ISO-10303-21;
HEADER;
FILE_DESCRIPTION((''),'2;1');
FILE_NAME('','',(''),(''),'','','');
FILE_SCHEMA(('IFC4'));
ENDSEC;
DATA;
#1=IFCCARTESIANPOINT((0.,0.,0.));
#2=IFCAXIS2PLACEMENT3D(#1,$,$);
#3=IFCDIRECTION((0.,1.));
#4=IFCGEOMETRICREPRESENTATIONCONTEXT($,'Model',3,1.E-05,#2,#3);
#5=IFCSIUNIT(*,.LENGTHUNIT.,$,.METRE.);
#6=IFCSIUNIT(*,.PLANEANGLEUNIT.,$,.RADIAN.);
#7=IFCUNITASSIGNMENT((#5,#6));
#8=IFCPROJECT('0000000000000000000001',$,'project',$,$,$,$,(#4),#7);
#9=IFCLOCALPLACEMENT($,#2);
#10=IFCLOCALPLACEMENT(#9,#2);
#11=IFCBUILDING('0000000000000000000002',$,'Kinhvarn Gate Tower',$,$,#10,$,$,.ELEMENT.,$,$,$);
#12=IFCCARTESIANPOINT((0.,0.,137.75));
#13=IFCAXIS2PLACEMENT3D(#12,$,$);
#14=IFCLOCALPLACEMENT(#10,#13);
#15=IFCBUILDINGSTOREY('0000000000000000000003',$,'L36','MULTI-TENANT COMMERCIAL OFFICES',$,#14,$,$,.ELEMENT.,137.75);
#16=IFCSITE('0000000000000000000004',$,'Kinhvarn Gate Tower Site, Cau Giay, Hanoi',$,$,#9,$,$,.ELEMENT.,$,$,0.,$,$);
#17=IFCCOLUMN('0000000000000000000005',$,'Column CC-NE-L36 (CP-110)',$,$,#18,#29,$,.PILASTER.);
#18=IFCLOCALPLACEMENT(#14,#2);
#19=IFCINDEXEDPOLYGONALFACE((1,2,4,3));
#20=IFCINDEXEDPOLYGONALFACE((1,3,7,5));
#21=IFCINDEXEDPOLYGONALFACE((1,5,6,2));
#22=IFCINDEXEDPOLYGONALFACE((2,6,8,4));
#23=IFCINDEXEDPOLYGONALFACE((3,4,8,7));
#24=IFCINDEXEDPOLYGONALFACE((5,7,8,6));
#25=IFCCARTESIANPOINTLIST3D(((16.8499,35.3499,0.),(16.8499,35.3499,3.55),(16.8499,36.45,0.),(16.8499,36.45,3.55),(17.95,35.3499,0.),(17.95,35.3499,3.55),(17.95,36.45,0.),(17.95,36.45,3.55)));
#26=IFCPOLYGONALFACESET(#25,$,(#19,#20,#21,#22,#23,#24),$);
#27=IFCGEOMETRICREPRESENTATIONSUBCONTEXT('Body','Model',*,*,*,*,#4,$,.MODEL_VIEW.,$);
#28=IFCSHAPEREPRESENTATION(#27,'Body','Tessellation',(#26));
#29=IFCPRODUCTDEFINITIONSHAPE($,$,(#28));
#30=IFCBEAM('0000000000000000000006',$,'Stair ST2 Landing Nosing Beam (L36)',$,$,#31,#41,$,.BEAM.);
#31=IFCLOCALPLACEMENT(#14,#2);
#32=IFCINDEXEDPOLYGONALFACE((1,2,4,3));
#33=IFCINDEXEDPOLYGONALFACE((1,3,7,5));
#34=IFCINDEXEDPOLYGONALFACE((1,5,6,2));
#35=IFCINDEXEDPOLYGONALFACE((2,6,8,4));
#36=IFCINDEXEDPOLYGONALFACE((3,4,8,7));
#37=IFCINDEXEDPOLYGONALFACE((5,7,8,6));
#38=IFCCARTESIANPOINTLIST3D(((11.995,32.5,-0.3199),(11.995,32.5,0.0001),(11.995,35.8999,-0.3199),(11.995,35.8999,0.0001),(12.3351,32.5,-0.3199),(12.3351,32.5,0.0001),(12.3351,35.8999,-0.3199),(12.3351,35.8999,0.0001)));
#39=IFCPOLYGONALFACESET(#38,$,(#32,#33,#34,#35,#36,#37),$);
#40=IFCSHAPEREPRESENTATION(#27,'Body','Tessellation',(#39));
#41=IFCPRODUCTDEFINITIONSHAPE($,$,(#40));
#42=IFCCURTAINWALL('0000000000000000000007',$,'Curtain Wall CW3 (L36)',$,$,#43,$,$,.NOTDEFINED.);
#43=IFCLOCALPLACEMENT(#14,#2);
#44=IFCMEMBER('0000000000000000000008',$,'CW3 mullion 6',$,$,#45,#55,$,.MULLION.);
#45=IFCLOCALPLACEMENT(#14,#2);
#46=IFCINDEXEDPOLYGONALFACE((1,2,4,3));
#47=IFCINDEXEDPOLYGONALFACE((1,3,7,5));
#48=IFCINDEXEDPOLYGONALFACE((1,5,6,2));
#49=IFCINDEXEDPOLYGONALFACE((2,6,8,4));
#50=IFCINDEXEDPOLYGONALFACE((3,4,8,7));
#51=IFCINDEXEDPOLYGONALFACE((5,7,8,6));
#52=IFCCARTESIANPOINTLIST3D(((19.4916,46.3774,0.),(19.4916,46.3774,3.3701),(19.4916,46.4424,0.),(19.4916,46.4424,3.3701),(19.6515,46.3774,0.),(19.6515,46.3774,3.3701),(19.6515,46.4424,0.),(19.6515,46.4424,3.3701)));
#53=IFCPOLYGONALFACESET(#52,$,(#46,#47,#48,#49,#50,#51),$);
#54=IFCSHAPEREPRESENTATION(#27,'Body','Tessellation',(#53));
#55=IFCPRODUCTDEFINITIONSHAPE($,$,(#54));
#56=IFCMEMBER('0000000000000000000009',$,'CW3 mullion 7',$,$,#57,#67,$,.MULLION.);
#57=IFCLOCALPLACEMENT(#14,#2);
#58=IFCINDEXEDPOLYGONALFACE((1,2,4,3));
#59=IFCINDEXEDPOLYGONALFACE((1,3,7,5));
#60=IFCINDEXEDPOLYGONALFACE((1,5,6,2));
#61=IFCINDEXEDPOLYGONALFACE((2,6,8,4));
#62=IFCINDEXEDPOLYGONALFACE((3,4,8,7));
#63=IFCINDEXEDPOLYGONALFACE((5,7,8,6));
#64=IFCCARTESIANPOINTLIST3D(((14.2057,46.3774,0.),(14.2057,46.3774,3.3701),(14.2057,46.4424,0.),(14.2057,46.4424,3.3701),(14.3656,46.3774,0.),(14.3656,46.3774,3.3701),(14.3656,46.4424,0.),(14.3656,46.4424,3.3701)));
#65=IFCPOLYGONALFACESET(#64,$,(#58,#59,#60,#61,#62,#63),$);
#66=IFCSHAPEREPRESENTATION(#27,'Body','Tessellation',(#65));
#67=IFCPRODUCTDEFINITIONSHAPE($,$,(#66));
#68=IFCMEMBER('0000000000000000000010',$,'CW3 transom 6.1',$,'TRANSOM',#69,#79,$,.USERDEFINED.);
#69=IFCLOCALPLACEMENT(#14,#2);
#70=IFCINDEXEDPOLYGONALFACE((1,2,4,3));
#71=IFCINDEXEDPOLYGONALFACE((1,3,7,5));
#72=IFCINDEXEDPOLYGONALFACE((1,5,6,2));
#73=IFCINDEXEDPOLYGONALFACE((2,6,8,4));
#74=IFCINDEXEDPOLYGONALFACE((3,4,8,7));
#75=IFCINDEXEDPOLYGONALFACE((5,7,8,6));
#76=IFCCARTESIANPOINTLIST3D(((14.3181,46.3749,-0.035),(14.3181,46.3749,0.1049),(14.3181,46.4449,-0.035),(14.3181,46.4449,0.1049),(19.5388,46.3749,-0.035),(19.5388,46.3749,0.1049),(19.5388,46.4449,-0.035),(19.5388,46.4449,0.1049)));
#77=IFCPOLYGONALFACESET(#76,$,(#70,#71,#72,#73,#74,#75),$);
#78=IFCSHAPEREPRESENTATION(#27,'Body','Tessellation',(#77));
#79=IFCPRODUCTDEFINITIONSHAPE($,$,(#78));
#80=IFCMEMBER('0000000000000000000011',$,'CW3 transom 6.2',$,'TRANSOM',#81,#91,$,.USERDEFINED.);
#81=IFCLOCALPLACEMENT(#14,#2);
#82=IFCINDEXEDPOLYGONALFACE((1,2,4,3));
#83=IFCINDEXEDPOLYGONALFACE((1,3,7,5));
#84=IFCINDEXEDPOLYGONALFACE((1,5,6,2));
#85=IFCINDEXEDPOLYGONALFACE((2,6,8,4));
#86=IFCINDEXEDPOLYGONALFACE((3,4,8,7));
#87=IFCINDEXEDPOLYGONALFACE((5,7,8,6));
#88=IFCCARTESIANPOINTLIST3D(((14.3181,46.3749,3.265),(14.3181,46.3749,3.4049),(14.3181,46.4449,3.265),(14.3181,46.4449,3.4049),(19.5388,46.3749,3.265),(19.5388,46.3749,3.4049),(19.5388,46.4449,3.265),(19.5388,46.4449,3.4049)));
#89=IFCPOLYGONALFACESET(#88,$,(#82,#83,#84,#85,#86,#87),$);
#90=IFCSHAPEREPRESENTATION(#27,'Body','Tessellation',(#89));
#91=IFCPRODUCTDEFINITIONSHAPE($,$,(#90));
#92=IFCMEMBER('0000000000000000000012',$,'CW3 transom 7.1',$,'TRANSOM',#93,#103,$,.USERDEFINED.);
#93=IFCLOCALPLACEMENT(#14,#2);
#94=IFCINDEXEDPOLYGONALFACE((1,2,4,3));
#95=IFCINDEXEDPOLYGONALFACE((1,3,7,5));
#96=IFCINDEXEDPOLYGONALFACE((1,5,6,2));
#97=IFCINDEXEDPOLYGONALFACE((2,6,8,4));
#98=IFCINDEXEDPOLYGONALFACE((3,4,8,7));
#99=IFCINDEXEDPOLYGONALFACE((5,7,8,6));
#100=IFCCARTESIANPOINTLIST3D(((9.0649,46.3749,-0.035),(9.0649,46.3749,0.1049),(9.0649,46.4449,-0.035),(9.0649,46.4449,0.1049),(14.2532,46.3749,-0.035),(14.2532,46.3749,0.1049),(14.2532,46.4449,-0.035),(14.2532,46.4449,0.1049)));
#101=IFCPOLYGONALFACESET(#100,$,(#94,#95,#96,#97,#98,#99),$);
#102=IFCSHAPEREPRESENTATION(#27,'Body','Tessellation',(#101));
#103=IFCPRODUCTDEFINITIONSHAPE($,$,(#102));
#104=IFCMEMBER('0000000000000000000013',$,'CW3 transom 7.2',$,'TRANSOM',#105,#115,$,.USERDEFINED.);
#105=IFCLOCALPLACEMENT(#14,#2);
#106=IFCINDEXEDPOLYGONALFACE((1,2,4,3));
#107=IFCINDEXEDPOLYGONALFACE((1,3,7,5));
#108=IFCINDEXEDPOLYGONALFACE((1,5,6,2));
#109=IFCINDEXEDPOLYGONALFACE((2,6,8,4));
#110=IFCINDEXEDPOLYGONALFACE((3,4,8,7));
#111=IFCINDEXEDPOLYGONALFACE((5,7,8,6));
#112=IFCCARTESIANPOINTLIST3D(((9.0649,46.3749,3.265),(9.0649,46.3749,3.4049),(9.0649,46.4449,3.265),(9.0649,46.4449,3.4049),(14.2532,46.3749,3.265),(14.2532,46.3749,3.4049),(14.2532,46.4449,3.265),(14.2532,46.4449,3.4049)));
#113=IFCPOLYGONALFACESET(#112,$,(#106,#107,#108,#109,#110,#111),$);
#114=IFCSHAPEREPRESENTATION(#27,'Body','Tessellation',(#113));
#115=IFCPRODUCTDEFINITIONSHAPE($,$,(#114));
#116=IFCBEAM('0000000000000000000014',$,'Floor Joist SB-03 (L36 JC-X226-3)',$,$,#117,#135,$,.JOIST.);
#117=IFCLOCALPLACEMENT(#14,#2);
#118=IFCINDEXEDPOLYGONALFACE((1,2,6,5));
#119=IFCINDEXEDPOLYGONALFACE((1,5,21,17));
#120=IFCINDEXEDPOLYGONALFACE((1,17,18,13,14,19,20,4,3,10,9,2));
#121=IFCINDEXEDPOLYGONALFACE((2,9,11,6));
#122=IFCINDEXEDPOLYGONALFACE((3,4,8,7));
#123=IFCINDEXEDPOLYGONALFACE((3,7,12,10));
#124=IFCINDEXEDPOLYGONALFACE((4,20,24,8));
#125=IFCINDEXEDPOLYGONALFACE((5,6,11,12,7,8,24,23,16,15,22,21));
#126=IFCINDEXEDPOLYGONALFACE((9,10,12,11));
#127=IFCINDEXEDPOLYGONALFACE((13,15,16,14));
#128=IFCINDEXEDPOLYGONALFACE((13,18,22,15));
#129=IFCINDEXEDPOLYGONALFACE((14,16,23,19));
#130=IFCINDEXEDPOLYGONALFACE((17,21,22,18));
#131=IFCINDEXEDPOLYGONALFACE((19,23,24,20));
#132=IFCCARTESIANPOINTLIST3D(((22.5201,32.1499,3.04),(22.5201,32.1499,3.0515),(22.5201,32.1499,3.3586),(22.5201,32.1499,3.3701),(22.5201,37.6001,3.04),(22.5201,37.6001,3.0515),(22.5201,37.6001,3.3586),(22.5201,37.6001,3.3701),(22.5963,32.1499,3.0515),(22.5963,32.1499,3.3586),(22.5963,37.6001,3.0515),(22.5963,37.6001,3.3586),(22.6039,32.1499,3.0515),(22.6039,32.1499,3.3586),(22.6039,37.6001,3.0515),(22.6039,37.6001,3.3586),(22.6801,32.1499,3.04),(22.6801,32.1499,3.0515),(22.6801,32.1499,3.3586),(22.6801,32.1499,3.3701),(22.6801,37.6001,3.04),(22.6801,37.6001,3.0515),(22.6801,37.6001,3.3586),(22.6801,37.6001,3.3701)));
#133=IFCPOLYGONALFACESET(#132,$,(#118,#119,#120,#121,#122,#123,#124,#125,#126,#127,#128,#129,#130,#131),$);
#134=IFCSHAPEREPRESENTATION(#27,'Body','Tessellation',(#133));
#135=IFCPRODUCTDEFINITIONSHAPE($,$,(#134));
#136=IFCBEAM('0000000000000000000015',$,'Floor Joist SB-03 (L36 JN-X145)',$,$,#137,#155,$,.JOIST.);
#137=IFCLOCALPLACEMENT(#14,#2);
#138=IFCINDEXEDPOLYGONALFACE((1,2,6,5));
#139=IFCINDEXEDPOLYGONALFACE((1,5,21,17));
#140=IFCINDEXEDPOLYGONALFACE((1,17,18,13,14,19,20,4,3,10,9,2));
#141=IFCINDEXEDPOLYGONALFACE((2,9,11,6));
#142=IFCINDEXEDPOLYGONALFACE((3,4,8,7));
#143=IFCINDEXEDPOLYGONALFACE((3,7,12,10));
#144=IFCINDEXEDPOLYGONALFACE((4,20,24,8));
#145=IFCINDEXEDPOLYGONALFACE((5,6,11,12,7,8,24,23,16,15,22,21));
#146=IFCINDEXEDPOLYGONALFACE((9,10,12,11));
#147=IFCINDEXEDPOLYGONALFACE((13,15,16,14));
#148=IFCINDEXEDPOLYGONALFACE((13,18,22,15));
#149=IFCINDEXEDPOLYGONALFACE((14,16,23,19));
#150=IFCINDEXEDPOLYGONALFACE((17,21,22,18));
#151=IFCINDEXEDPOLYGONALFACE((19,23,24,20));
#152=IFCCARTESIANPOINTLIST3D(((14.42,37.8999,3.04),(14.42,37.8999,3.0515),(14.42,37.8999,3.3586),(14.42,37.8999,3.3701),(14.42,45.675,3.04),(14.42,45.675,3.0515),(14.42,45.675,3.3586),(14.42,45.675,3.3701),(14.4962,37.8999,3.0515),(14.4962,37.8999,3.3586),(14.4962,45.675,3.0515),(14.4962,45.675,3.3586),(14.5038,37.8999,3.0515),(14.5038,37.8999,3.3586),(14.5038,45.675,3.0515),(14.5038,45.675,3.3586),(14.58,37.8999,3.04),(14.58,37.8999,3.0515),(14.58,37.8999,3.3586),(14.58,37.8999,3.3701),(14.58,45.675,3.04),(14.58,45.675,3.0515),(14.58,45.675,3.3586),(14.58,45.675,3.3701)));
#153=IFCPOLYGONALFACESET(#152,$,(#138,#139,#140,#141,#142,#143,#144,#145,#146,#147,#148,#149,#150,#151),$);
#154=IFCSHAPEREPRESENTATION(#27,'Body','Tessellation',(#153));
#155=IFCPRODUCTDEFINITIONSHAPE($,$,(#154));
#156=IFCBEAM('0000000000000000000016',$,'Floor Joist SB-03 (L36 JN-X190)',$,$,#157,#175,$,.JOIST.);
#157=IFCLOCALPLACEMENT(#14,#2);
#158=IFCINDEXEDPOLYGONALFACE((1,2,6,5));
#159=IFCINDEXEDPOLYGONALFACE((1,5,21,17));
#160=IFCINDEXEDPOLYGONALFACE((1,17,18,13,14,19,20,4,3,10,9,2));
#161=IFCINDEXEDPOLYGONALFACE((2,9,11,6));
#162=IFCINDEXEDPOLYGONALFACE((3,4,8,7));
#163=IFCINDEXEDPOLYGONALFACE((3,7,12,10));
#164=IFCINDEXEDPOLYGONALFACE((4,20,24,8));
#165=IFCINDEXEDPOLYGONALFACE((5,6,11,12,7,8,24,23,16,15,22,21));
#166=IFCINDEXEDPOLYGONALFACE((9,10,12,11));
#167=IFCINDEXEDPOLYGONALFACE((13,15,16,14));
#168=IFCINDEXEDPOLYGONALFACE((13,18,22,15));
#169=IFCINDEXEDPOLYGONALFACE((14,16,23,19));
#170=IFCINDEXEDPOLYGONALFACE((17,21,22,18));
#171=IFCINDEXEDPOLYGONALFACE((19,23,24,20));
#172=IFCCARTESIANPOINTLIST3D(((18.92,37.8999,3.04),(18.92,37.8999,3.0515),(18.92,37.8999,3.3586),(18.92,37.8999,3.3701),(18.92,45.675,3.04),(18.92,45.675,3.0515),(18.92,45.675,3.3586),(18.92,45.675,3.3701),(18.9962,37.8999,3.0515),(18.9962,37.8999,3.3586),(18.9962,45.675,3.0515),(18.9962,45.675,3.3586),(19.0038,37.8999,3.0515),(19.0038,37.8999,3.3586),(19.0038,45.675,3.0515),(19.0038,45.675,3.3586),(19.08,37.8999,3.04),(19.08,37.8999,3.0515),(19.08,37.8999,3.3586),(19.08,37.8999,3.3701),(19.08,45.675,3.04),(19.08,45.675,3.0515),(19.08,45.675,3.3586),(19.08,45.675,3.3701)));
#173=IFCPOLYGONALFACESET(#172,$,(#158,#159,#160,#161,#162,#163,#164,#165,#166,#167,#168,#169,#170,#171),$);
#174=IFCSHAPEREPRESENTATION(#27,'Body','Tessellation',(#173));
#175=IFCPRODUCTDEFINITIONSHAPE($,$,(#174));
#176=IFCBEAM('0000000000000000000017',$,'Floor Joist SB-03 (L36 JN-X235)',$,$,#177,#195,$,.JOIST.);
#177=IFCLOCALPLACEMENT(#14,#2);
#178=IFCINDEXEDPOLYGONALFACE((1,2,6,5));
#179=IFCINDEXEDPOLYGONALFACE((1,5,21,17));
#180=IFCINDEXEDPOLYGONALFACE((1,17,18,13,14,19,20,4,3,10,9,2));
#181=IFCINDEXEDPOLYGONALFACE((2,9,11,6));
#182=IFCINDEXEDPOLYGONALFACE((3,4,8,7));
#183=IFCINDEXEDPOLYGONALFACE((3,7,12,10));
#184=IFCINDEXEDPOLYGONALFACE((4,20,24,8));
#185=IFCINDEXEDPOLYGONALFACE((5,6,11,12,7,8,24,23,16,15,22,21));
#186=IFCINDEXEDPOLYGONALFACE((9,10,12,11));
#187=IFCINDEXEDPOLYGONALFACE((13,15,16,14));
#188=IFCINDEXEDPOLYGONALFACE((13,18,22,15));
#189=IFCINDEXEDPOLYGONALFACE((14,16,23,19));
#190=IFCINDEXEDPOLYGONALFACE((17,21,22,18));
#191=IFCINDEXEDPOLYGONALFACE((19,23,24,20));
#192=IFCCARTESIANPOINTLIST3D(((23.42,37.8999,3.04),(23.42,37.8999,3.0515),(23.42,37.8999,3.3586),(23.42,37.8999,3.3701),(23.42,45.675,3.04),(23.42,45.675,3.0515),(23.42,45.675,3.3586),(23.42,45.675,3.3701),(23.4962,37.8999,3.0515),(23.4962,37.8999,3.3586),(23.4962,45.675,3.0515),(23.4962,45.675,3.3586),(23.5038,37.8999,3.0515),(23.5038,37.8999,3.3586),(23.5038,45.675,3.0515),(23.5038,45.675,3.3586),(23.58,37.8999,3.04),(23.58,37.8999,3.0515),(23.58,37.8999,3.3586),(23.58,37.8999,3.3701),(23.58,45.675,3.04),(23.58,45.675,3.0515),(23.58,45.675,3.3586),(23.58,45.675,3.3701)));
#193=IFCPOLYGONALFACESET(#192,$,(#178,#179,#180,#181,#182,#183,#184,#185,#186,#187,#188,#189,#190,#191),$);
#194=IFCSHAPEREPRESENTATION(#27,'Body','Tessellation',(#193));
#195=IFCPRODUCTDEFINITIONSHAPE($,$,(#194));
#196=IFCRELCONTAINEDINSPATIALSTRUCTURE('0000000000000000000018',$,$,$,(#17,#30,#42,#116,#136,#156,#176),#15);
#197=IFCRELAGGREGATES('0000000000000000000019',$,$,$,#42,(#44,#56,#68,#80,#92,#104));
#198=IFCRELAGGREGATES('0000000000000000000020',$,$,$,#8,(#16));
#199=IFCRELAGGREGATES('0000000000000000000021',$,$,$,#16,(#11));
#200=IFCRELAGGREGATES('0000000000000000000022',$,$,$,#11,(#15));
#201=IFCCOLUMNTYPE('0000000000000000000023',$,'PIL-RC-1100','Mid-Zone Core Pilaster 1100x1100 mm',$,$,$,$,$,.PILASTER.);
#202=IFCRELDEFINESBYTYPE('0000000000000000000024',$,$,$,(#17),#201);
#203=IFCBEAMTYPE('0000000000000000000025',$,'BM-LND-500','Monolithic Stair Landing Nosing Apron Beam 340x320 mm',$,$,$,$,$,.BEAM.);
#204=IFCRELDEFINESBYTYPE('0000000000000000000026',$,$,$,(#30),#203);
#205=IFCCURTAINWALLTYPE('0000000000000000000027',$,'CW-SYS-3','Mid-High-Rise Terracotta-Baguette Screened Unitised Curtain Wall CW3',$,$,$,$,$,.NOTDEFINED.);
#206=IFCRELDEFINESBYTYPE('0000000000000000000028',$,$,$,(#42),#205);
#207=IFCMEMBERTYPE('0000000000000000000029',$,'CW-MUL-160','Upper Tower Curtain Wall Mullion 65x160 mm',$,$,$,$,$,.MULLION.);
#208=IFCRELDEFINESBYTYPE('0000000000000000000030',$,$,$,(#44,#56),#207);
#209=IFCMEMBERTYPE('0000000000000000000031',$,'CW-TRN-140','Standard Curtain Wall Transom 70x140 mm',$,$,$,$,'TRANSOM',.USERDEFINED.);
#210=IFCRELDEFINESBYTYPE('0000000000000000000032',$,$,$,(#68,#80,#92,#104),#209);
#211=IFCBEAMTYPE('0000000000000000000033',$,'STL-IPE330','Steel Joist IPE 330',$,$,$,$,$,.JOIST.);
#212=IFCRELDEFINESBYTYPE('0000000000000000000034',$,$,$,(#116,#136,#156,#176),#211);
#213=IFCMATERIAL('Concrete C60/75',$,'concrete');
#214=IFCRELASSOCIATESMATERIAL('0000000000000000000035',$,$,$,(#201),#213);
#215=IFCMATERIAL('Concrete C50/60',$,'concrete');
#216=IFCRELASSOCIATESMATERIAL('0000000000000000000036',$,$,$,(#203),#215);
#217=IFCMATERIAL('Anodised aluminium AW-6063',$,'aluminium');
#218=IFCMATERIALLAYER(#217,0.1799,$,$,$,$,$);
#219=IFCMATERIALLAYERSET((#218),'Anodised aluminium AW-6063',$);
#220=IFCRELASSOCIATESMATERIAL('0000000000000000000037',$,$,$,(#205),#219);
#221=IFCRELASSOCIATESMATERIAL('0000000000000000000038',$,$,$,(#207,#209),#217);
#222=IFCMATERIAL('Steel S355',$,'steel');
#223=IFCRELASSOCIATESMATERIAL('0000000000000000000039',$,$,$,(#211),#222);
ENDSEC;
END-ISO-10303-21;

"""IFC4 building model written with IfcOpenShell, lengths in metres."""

from ifc_helpers import new_model, si_unit, direction, frame, origin, origin_2d, place, context, subcontext, project, spatial, rectangle, i_section, extrude, material, layer, layer_set, material_profile, profile_set, type_object, element, aggregate, save


model = new_model("IFC4")

# Units and contexts
model_context = context("Model", 3, precision=1e-05, world=origin(), true_north=direction((0.0, 1.0)))
body_context = subcontext(model_context, "Body", "Model", "MODEL_VIEW")
ifc_project = project(units=[si_unit("LENGTHUNIT", "METRE"), si_unit("PLANEANGLEUNIT", "RADIAN")], contexts=[model_context])

# Site, building, storey
site_placement = place(None, origin())
site = spatial("IfcSite", under=ifc_project, at=site_placement, Name="Kinhvarn Gate Tower Site, Cau Giay, Hanoi", CompositionType="ELEMENT", RefElevation=0.0)
building_placement = place(site_placement, origin())
building = spatial("IfcBuilding", under=site, at=building_placement, Name="Kinhvarn Gate Tower", CompositionType="ELEMENT")
storey_placement = place(building_placement, frame((0.0, 0.0, 137.75)))
storey = spatial("IfcBuildingStorey", under=building, at=storey_placement, Name="L36", Description="MULTI-TENANT COMMERCIAL OFFICES", CompositionType="ELEMENT", Elevation=137.75)

# Column
ifc_material_1 = material(Name="Concrete C60/75", Category="concrete")
ifc_material_profile_1 = material_profile(ifc_material_1, rectangle(XDim=1.1001, YDim=1.1001, at=origin_2d()), Name="RC 1100x1100")
ifc_profile_set_1 = profile_set([ifc_material_profile_1], Name="Concrete C60/75")
column_type = type_object("IfcColumnType", Name="PIL-RC-1100", Description="Mid-Zone Core Pilaster 1100x1100 mm", PredefinedType="PILASTER", material=ifc_profile_set_1)
column_placement = place(storey_placement, frame((17.3999, 35.8999, 0.0), z_axis=(0.0, 0.0, 1.0), x_axis=(1.0, 0.0, 0.0)))
element("IfcColumn", 1, at=column_placement, inside=storey, type_object=column_type, Name="Column CC-NE-L36 (CP-110)", PredefinedType="PILASTER", context=body_context, shape_type="SweptSolid", body=[
    extrude(rectangle(XDim=1.1001, YDim=1.1001, at=origin_2d()), origin(), (0.0, 0.0, 1.0), 3.55),
])

# Beam
ifc_material_2 = material(Name="Concrete C50/60", Category="concrete")
ifc_material_profile_2 = material_profile(ifc_material_2, rectangle(XDim=0.3401, YDim=0.3201, at=origin_2d()), Name="RC 340x320")
ifc_profile_set_2 = profile_set([ifc_material_profile_2], Name="Concrete C50/60")
beam_type_1 = type_object("IfcBeamType", Name="BM-LND-500", Description="Monolithic Stair Landing Nosing Apron Beam 340x320 mm", PredefinedType="BEAM", material=ifc_profile_set_2)
beam_1_placement = place(storey_placement, frame((12.165, 32.5, -0.1599), z_axis=(0.0, 1.0, 0.0), x_axis=(-1.0, 0.0, 0.0)))
element("IfcBeam", 2, at=beam_1_placement, inside=storey, type_object=beam_type_1, Name="Stair ST2 Landing Nosing Beam (L36)", PredefinedType="BEAM", context=body_context, shape_type="SweptSolid", body=[
    extrude(rectangle(XDim=0.3401, YDim=0.3201, at=origin_2d()), origin(), (0.0, 0.0, 1.0), 3.3999),
])

# Curtain wall, members
ifc_material_3 = material(Name="Anodised aluminium AW-6063", Category="aluminium")
ifc_layer_1 = layer(ifc_material_3, 0.1799)
ifc_layer_set_1 = layer_set([ifc_layer_1], Name="Anodised aluminium AW-6063")
curtain_wall_type = type_object("IfcCurtainWallType", Name="CW-SYS-3", Description="Mid-High-Rise Terracotta-Baguette Screened Unitised Curtain Wall CW3", PredefinedType="NOTDEFINED", material=ifc_layer_set_1)
curtain_wall_placement = place(storey_placement, origin())
curtain_wall = element("IfcCurtainWall", 3, at=curtain_wall_placement, inside=storey, type_object=curtain_wall_type, Name="Curtain Wall CW3 (L36)", PredefinedType="NOTDEFINED")
ifc_material_profile_3 = material_profile(ifc_material_3, rectangle(XDim=0.0649, YDim=0.1599, at=origin_2d()), Name="ALU 65x160")
ifc_profile_set_3 = profile_set([ifc_material_profile_3], Name="Anodised aluminium AW-6063")
member_type_1 = type_object("IfcMemberType", Name="CW-MUL-160", Description="Upper Tower Curtain Wall Mullion 65x160 mm", PredefinedType="MULLION", material=ifc_profile_set_3)
member_1_placement = place(storey_placement, frame((19.5715, 46.4099, 0.0), z_axis=(0.0, 0.0, 1.0), x_axis=(0.0, -1.0, 0.0)))
member_1 = element("IfcMember", 4, at=member_1_placement, type_object=member_type_1, Name="CW3 mullion 6", PredefinedType="MULLION", context=body_context, shape_type="SweptSolid", body=[
    extrude(rectangle(XDim=0.0649, YDim=0.1599, at=origin_2d()), origin(), (0.0, 0.0, 1.0), 3.3701),
])
member_2_placement = place(storey_placement, frame((14.2856, 46.4099, 0.0), z_axis=(0.0, 0.0, 1.0), x_axis=(0.0, -1.0, 0.0)))
member_2 = element("IfcMember", 5, at=member_2_placement, type_object=member_type_1, Name="CW3 mullion 7", PredefinedType="MULLION", context=body_context, shape_type="SweptSolid", body=[
    extrude(rectangle(XDim=0.0649, YDim=0.1599, at=origin_2d()), origin(), (0.0, 0.0, 1.0), 3.3701),
])
ifc_material_profile_4 = material_profile(ifc_material_3, rectangle(XDim=0.0701, YDim=0.1399, at=origin_2d()), Name="ALU 70x140")
ifc_profile_set_4 = profile_set([ifc_material_profile_4], Name="Anodised aluminium AW-6063")
member_type_2 = type_object("IfcMemberType", Name="CW-TRN-140", Description="Standard Curtain Wall Transom 70x140 mm", ElementType="TRANSOM", PredefinedType="USERDEFINED", material=ifc_profile_set_4)
member_3_placement = place(storey_placement, frame((19.5388, 46.4099, 0.0349), z_axis=(-1.0, 0.0, 0.0), x_axis=(0.0, -1.0, 0.0)))
member_3 = element("IfcMember", 6, at=member_3_placement, type_object=member_type_2, Name="CW3 transom 6.1", ObjectType="TRANSOM", PredefinedType="USERDEFINED", context=body_context, shape_type="SweptSolid", body=[
    extrude(rectangle(XDim=0.0701, YDim=0.1399, at=origin_2d()), origin(), (0.0, 0.0, 1.0), 5.2207),
])
member_4_placement = place(storey_placement, frame((19.5388, 46.4099, 3.335), z_axis=(-1.0, 0.0, 0.0), x_axis=(0.0, -1.0, 0.0)))
member_4 = element("IfcMember", 7, at=member_4_placement, type_object=member_type_2, Name="CW3 transom 6.2", ObjectType="TRANSOM", PredefinedType="USERDEFINED", context=body_context, shape_type="SweptSolid", body=[
    extrude(rectangle(XDim=0.0701, YDim=0.1399, at=origin_2d()), origin(), (0.0, 0.0, 1.0), 5.2207),
])
member_5_placement = place(storey_placement, frame((14.2532, 46.4099, 0.0349), z_axis=(-1.0, 0.0, 0.0), x_axis=(0.0, -1.0, 0.0)))
member_5 = element("IfcMember", 8, at=member_5_placement, type_object=member_type_2, Name="CW3 transom 7.1", ObjectType="TRANSOM", PredefinedType="USERDEFINED", context=body_context, shape_type="SweptSolid", body=[
    extrude(rectangle(XDim=0.0701, YDim=0.1399, at=origin_2d()), origin(), (0.0, 0.0, 1.0), 5.1882),
])
member_6_placement = place(storey_placement, frame((14.2532, 46.4099, 3.335), z_axis=(-1.0, 0.0, 0.0), x_axis=(0.0, -1.0, 0.0)))
member_6 = element("IfcMember", 9, at=member_6_placement, type_object=member_type_2, Name="CW3 transom 7.2", ObjectType="TRANSOM", PredefinedType="USERDEFINED", context=body_context, shape_type="SweptSolid", body=[
    extrude(rectangle(XDim=0.0701, YDim=0.1399, at=origin_2d()), origin(), (0.0, 0.0, 1.0), 5.1882),
])

# Beams
ifc_material_4 = material(Name="Steel S355", Category="steel")
ifc_material_profile_5 = material_profile(ifc_material_4, i_section(OverallWidth=0.1599, OverallDepth=0.3301, WebThickness=0.0076, FlangeThickness=0.0115, at=origin_2d()), Name="IPE 330")
ifc_profile_set_5 = profile_set([ifc_material_profile_5], Name="Steel S355")
beam_type_2 = type_object("IfcBeamType", Name="STL-IPE330", Description="Steel Joist IPE 330", PredefinedType="JOIST", material=ifc_profile_set_5)
beam_2_placement = place(storey_placement, frame((22.6001, 32.1499, 3.2051), z_axis=(0.0, 1.0, 0.0), x_axis=(-1.0, 0.0, 0.0)))
element("IfcBeam", 10, at=beam_2_placement, inside=storey, type_object=beam_type_2, Name="Floor Joist SB-03 (L36 JC-X226-3)", PredefinedType="JOIST", context=body_context, shape_type="SweptSolid", body=[
    extrude(i_section(OverallWidth=0.1599, OverallDepth=0.3301, WebThickness=0.0076, FlangeThickness=0.0115, at=origin_2d()), origin(), (0.0, 0.0, 1.0), 5.4502),
])
for number, where, z_axis, x_axis, name in (
    (11, (14.5, 37.8999, 3.2051), (0.0, 1.0, 0.0), (-1.0, 0.0, 0.0), "Floor Joist SB-03 (L36 JN-X145)"),
    (12, (19.0, 37.8999, 3.2051), (0.0, 1.0, 0.0), (-1.0, 0.0, 0.0), "Floor Joist SB-03 (L36 JN-X190)"),
    (13, (23.5, 37.8999, 3.2051), (0.0, 1.0, 0.0), (-1.0, 0.0, 0.0), "Floor Joist SB-03 (L36 JN-X235)"),
):
    element("IfcBeam", number, at=place(storey_placement, frame(where, z_axis=z_axis, x_axis=x_axis)), inside=storey, type_object=beam_type_2, Name=name, PredefinedType="JOIST", context=body_context, shape_type="SweptSolid", body=[
        extrude(i_section(OverallWidth=0.1599, OverallDepth=0.3301, WebThickness=0.0076, FlangeThickness=0.0115, at=origin_2d()), origin(), (0.0, 0.0, 1.0), 7.7751),
    ])

aggregate(curtain_wall, [member_1, member_2, member_3, member_4, member_5, member_6])

save(model, "model.ifc")
